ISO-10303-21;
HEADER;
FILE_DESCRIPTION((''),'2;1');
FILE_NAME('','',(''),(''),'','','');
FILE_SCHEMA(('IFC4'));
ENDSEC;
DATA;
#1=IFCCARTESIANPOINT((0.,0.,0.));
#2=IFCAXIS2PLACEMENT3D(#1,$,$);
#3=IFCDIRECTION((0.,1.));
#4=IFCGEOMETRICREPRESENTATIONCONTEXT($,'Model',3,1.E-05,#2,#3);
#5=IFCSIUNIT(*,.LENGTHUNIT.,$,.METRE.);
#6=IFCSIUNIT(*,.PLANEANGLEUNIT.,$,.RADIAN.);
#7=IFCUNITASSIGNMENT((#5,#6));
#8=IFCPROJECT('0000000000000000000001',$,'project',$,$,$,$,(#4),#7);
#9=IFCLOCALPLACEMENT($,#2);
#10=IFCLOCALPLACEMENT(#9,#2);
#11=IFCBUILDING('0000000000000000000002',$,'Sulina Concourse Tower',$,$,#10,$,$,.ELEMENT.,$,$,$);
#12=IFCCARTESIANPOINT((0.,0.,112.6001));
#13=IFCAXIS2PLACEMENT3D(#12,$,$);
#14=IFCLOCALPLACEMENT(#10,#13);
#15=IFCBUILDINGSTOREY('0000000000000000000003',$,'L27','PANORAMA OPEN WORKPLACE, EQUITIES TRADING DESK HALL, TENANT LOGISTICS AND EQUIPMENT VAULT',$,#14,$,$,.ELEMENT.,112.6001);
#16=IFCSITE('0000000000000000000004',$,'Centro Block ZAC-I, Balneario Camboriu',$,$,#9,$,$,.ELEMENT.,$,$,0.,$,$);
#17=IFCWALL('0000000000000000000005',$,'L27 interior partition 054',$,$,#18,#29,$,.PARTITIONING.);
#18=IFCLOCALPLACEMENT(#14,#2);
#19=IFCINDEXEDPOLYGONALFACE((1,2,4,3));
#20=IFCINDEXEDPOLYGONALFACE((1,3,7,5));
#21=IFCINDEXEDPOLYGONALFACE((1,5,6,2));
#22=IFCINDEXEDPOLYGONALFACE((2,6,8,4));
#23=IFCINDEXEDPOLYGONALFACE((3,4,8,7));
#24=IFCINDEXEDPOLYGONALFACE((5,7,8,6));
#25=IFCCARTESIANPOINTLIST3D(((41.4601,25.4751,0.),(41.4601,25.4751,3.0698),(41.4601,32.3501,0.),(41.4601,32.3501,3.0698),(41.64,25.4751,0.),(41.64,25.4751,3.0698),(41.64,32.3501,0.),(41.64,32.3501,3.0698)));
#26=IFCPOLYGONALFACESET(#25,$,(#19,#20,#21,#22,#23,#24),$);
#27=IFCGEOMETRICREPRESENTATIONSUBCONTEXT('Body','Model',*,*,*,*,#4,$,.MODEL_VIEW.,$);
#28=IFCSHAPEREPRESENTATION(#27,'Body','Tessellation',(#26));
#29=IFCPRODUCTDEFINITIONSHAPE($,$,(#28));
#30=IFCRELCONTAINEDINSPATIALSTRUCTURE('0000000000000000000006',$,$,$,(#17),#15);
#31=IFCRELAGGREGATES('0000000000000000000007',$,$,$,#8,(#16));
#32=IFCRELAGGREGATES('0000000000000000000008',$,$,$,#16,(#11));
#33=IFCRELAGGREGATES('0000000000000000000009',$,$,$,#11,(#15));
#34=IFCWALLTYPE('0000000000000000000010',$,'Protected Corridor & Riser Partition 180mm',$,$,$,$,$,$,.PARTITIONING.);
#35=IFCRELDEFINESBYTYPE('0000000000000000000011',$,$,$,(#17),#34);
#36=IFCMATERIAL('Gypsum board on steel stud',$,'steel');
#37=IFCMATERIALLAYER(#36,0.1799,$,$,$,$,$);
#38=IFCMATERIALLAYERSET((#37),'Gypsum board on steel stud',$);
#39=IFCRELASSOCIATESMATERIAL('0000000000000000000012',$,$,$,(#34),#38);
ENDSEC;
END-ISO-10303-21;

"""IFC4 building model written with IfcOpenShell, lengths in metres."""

from ifc_helpers import new_model, si_unit, direction, frame, frame_2d, origin, place, context, subcontext, project, spatial, rectangle, extrude, material, layer, layer_set, type_object, element, save


model = new_model("IFC4")

# Units and contexts
model_context = context("Model", 3, precision=1e-05, world=origin(), true_north=direction((0.0, 1.0)))
body_context = subcontext(model_context, "Body", "Model", "MODEL_VIEW")
ifc_project = project(units=[si_unit("LENGTHUNIT", "METRE"), si_unit("PLANEANGLEUNIT", "RADIAN")], contexts=[model_context])

# Site, building, storey
site_placement = place(None, origin())
site = spatial("IfcSite", under=ifc_project, at=site_placement, Name="Centro Block ZAC-I, Balneario Camboriu", CompositionType="ELEMENT", RefElevation=0.0)
building_placement = place(site_placement, origin())
building = spatial("IfcBuilding", under=site, at=building_placement, Name="Sulina Concourse Tower", CompositionType="ELEMENT")
storey_placement = place(building_placement, frame((0.0, 0.0, 112.6001)))
storey = spatial("IfcBuildingStorey", under=building, at=storey_placement, Name="L27", Description="PANORAMA OPEN WORKPLACE, EQUITIES TRADING DESK HALL, TENANT LOGISTICS AND EQUIPMENT VAULT", CompositionType="ELEMENT", Elevation=112.6001)

# Shared definitions
ifc_material_1 = material(Name="Gypsum board on steel stud", Category="steel")
ifc_layer_1 = layer(ifc_material_1, 0.1799)
ifc_layer_set_1 = layer_set([ifc_layer_1], Name="Gypsum board on steel stud")
wall_type_1 = type_object("IfcWallType", Name="Protected Corridor & Riser Partition 180mm", PredefinedType="PARTITIONING", material=ifc_layer_set_1)

# Wall
wall_1_placement = place(storey_placement, frame((41.55, 25.4751, 0.0), z_axis=(0.0, 0.0, 1.0), x_axis=(0.0, 1.0, 0.0)))
element("IfcWall", 1, at=wall_1_placement, inside=storey, type_object=wall_type_1, Name="L27 interior partition 054", PredefinedType="PARTITIONING", context=body_context, shape_type="SweptSolid", body=[
    extrude(rectangle(XDim=6.875, YDim=0.1799, at=frame_2d((3.4375, 0.0))), origin(), (0.0, 0.0, 1.0), 3.0698),
])

save(model, "model.ifc")
